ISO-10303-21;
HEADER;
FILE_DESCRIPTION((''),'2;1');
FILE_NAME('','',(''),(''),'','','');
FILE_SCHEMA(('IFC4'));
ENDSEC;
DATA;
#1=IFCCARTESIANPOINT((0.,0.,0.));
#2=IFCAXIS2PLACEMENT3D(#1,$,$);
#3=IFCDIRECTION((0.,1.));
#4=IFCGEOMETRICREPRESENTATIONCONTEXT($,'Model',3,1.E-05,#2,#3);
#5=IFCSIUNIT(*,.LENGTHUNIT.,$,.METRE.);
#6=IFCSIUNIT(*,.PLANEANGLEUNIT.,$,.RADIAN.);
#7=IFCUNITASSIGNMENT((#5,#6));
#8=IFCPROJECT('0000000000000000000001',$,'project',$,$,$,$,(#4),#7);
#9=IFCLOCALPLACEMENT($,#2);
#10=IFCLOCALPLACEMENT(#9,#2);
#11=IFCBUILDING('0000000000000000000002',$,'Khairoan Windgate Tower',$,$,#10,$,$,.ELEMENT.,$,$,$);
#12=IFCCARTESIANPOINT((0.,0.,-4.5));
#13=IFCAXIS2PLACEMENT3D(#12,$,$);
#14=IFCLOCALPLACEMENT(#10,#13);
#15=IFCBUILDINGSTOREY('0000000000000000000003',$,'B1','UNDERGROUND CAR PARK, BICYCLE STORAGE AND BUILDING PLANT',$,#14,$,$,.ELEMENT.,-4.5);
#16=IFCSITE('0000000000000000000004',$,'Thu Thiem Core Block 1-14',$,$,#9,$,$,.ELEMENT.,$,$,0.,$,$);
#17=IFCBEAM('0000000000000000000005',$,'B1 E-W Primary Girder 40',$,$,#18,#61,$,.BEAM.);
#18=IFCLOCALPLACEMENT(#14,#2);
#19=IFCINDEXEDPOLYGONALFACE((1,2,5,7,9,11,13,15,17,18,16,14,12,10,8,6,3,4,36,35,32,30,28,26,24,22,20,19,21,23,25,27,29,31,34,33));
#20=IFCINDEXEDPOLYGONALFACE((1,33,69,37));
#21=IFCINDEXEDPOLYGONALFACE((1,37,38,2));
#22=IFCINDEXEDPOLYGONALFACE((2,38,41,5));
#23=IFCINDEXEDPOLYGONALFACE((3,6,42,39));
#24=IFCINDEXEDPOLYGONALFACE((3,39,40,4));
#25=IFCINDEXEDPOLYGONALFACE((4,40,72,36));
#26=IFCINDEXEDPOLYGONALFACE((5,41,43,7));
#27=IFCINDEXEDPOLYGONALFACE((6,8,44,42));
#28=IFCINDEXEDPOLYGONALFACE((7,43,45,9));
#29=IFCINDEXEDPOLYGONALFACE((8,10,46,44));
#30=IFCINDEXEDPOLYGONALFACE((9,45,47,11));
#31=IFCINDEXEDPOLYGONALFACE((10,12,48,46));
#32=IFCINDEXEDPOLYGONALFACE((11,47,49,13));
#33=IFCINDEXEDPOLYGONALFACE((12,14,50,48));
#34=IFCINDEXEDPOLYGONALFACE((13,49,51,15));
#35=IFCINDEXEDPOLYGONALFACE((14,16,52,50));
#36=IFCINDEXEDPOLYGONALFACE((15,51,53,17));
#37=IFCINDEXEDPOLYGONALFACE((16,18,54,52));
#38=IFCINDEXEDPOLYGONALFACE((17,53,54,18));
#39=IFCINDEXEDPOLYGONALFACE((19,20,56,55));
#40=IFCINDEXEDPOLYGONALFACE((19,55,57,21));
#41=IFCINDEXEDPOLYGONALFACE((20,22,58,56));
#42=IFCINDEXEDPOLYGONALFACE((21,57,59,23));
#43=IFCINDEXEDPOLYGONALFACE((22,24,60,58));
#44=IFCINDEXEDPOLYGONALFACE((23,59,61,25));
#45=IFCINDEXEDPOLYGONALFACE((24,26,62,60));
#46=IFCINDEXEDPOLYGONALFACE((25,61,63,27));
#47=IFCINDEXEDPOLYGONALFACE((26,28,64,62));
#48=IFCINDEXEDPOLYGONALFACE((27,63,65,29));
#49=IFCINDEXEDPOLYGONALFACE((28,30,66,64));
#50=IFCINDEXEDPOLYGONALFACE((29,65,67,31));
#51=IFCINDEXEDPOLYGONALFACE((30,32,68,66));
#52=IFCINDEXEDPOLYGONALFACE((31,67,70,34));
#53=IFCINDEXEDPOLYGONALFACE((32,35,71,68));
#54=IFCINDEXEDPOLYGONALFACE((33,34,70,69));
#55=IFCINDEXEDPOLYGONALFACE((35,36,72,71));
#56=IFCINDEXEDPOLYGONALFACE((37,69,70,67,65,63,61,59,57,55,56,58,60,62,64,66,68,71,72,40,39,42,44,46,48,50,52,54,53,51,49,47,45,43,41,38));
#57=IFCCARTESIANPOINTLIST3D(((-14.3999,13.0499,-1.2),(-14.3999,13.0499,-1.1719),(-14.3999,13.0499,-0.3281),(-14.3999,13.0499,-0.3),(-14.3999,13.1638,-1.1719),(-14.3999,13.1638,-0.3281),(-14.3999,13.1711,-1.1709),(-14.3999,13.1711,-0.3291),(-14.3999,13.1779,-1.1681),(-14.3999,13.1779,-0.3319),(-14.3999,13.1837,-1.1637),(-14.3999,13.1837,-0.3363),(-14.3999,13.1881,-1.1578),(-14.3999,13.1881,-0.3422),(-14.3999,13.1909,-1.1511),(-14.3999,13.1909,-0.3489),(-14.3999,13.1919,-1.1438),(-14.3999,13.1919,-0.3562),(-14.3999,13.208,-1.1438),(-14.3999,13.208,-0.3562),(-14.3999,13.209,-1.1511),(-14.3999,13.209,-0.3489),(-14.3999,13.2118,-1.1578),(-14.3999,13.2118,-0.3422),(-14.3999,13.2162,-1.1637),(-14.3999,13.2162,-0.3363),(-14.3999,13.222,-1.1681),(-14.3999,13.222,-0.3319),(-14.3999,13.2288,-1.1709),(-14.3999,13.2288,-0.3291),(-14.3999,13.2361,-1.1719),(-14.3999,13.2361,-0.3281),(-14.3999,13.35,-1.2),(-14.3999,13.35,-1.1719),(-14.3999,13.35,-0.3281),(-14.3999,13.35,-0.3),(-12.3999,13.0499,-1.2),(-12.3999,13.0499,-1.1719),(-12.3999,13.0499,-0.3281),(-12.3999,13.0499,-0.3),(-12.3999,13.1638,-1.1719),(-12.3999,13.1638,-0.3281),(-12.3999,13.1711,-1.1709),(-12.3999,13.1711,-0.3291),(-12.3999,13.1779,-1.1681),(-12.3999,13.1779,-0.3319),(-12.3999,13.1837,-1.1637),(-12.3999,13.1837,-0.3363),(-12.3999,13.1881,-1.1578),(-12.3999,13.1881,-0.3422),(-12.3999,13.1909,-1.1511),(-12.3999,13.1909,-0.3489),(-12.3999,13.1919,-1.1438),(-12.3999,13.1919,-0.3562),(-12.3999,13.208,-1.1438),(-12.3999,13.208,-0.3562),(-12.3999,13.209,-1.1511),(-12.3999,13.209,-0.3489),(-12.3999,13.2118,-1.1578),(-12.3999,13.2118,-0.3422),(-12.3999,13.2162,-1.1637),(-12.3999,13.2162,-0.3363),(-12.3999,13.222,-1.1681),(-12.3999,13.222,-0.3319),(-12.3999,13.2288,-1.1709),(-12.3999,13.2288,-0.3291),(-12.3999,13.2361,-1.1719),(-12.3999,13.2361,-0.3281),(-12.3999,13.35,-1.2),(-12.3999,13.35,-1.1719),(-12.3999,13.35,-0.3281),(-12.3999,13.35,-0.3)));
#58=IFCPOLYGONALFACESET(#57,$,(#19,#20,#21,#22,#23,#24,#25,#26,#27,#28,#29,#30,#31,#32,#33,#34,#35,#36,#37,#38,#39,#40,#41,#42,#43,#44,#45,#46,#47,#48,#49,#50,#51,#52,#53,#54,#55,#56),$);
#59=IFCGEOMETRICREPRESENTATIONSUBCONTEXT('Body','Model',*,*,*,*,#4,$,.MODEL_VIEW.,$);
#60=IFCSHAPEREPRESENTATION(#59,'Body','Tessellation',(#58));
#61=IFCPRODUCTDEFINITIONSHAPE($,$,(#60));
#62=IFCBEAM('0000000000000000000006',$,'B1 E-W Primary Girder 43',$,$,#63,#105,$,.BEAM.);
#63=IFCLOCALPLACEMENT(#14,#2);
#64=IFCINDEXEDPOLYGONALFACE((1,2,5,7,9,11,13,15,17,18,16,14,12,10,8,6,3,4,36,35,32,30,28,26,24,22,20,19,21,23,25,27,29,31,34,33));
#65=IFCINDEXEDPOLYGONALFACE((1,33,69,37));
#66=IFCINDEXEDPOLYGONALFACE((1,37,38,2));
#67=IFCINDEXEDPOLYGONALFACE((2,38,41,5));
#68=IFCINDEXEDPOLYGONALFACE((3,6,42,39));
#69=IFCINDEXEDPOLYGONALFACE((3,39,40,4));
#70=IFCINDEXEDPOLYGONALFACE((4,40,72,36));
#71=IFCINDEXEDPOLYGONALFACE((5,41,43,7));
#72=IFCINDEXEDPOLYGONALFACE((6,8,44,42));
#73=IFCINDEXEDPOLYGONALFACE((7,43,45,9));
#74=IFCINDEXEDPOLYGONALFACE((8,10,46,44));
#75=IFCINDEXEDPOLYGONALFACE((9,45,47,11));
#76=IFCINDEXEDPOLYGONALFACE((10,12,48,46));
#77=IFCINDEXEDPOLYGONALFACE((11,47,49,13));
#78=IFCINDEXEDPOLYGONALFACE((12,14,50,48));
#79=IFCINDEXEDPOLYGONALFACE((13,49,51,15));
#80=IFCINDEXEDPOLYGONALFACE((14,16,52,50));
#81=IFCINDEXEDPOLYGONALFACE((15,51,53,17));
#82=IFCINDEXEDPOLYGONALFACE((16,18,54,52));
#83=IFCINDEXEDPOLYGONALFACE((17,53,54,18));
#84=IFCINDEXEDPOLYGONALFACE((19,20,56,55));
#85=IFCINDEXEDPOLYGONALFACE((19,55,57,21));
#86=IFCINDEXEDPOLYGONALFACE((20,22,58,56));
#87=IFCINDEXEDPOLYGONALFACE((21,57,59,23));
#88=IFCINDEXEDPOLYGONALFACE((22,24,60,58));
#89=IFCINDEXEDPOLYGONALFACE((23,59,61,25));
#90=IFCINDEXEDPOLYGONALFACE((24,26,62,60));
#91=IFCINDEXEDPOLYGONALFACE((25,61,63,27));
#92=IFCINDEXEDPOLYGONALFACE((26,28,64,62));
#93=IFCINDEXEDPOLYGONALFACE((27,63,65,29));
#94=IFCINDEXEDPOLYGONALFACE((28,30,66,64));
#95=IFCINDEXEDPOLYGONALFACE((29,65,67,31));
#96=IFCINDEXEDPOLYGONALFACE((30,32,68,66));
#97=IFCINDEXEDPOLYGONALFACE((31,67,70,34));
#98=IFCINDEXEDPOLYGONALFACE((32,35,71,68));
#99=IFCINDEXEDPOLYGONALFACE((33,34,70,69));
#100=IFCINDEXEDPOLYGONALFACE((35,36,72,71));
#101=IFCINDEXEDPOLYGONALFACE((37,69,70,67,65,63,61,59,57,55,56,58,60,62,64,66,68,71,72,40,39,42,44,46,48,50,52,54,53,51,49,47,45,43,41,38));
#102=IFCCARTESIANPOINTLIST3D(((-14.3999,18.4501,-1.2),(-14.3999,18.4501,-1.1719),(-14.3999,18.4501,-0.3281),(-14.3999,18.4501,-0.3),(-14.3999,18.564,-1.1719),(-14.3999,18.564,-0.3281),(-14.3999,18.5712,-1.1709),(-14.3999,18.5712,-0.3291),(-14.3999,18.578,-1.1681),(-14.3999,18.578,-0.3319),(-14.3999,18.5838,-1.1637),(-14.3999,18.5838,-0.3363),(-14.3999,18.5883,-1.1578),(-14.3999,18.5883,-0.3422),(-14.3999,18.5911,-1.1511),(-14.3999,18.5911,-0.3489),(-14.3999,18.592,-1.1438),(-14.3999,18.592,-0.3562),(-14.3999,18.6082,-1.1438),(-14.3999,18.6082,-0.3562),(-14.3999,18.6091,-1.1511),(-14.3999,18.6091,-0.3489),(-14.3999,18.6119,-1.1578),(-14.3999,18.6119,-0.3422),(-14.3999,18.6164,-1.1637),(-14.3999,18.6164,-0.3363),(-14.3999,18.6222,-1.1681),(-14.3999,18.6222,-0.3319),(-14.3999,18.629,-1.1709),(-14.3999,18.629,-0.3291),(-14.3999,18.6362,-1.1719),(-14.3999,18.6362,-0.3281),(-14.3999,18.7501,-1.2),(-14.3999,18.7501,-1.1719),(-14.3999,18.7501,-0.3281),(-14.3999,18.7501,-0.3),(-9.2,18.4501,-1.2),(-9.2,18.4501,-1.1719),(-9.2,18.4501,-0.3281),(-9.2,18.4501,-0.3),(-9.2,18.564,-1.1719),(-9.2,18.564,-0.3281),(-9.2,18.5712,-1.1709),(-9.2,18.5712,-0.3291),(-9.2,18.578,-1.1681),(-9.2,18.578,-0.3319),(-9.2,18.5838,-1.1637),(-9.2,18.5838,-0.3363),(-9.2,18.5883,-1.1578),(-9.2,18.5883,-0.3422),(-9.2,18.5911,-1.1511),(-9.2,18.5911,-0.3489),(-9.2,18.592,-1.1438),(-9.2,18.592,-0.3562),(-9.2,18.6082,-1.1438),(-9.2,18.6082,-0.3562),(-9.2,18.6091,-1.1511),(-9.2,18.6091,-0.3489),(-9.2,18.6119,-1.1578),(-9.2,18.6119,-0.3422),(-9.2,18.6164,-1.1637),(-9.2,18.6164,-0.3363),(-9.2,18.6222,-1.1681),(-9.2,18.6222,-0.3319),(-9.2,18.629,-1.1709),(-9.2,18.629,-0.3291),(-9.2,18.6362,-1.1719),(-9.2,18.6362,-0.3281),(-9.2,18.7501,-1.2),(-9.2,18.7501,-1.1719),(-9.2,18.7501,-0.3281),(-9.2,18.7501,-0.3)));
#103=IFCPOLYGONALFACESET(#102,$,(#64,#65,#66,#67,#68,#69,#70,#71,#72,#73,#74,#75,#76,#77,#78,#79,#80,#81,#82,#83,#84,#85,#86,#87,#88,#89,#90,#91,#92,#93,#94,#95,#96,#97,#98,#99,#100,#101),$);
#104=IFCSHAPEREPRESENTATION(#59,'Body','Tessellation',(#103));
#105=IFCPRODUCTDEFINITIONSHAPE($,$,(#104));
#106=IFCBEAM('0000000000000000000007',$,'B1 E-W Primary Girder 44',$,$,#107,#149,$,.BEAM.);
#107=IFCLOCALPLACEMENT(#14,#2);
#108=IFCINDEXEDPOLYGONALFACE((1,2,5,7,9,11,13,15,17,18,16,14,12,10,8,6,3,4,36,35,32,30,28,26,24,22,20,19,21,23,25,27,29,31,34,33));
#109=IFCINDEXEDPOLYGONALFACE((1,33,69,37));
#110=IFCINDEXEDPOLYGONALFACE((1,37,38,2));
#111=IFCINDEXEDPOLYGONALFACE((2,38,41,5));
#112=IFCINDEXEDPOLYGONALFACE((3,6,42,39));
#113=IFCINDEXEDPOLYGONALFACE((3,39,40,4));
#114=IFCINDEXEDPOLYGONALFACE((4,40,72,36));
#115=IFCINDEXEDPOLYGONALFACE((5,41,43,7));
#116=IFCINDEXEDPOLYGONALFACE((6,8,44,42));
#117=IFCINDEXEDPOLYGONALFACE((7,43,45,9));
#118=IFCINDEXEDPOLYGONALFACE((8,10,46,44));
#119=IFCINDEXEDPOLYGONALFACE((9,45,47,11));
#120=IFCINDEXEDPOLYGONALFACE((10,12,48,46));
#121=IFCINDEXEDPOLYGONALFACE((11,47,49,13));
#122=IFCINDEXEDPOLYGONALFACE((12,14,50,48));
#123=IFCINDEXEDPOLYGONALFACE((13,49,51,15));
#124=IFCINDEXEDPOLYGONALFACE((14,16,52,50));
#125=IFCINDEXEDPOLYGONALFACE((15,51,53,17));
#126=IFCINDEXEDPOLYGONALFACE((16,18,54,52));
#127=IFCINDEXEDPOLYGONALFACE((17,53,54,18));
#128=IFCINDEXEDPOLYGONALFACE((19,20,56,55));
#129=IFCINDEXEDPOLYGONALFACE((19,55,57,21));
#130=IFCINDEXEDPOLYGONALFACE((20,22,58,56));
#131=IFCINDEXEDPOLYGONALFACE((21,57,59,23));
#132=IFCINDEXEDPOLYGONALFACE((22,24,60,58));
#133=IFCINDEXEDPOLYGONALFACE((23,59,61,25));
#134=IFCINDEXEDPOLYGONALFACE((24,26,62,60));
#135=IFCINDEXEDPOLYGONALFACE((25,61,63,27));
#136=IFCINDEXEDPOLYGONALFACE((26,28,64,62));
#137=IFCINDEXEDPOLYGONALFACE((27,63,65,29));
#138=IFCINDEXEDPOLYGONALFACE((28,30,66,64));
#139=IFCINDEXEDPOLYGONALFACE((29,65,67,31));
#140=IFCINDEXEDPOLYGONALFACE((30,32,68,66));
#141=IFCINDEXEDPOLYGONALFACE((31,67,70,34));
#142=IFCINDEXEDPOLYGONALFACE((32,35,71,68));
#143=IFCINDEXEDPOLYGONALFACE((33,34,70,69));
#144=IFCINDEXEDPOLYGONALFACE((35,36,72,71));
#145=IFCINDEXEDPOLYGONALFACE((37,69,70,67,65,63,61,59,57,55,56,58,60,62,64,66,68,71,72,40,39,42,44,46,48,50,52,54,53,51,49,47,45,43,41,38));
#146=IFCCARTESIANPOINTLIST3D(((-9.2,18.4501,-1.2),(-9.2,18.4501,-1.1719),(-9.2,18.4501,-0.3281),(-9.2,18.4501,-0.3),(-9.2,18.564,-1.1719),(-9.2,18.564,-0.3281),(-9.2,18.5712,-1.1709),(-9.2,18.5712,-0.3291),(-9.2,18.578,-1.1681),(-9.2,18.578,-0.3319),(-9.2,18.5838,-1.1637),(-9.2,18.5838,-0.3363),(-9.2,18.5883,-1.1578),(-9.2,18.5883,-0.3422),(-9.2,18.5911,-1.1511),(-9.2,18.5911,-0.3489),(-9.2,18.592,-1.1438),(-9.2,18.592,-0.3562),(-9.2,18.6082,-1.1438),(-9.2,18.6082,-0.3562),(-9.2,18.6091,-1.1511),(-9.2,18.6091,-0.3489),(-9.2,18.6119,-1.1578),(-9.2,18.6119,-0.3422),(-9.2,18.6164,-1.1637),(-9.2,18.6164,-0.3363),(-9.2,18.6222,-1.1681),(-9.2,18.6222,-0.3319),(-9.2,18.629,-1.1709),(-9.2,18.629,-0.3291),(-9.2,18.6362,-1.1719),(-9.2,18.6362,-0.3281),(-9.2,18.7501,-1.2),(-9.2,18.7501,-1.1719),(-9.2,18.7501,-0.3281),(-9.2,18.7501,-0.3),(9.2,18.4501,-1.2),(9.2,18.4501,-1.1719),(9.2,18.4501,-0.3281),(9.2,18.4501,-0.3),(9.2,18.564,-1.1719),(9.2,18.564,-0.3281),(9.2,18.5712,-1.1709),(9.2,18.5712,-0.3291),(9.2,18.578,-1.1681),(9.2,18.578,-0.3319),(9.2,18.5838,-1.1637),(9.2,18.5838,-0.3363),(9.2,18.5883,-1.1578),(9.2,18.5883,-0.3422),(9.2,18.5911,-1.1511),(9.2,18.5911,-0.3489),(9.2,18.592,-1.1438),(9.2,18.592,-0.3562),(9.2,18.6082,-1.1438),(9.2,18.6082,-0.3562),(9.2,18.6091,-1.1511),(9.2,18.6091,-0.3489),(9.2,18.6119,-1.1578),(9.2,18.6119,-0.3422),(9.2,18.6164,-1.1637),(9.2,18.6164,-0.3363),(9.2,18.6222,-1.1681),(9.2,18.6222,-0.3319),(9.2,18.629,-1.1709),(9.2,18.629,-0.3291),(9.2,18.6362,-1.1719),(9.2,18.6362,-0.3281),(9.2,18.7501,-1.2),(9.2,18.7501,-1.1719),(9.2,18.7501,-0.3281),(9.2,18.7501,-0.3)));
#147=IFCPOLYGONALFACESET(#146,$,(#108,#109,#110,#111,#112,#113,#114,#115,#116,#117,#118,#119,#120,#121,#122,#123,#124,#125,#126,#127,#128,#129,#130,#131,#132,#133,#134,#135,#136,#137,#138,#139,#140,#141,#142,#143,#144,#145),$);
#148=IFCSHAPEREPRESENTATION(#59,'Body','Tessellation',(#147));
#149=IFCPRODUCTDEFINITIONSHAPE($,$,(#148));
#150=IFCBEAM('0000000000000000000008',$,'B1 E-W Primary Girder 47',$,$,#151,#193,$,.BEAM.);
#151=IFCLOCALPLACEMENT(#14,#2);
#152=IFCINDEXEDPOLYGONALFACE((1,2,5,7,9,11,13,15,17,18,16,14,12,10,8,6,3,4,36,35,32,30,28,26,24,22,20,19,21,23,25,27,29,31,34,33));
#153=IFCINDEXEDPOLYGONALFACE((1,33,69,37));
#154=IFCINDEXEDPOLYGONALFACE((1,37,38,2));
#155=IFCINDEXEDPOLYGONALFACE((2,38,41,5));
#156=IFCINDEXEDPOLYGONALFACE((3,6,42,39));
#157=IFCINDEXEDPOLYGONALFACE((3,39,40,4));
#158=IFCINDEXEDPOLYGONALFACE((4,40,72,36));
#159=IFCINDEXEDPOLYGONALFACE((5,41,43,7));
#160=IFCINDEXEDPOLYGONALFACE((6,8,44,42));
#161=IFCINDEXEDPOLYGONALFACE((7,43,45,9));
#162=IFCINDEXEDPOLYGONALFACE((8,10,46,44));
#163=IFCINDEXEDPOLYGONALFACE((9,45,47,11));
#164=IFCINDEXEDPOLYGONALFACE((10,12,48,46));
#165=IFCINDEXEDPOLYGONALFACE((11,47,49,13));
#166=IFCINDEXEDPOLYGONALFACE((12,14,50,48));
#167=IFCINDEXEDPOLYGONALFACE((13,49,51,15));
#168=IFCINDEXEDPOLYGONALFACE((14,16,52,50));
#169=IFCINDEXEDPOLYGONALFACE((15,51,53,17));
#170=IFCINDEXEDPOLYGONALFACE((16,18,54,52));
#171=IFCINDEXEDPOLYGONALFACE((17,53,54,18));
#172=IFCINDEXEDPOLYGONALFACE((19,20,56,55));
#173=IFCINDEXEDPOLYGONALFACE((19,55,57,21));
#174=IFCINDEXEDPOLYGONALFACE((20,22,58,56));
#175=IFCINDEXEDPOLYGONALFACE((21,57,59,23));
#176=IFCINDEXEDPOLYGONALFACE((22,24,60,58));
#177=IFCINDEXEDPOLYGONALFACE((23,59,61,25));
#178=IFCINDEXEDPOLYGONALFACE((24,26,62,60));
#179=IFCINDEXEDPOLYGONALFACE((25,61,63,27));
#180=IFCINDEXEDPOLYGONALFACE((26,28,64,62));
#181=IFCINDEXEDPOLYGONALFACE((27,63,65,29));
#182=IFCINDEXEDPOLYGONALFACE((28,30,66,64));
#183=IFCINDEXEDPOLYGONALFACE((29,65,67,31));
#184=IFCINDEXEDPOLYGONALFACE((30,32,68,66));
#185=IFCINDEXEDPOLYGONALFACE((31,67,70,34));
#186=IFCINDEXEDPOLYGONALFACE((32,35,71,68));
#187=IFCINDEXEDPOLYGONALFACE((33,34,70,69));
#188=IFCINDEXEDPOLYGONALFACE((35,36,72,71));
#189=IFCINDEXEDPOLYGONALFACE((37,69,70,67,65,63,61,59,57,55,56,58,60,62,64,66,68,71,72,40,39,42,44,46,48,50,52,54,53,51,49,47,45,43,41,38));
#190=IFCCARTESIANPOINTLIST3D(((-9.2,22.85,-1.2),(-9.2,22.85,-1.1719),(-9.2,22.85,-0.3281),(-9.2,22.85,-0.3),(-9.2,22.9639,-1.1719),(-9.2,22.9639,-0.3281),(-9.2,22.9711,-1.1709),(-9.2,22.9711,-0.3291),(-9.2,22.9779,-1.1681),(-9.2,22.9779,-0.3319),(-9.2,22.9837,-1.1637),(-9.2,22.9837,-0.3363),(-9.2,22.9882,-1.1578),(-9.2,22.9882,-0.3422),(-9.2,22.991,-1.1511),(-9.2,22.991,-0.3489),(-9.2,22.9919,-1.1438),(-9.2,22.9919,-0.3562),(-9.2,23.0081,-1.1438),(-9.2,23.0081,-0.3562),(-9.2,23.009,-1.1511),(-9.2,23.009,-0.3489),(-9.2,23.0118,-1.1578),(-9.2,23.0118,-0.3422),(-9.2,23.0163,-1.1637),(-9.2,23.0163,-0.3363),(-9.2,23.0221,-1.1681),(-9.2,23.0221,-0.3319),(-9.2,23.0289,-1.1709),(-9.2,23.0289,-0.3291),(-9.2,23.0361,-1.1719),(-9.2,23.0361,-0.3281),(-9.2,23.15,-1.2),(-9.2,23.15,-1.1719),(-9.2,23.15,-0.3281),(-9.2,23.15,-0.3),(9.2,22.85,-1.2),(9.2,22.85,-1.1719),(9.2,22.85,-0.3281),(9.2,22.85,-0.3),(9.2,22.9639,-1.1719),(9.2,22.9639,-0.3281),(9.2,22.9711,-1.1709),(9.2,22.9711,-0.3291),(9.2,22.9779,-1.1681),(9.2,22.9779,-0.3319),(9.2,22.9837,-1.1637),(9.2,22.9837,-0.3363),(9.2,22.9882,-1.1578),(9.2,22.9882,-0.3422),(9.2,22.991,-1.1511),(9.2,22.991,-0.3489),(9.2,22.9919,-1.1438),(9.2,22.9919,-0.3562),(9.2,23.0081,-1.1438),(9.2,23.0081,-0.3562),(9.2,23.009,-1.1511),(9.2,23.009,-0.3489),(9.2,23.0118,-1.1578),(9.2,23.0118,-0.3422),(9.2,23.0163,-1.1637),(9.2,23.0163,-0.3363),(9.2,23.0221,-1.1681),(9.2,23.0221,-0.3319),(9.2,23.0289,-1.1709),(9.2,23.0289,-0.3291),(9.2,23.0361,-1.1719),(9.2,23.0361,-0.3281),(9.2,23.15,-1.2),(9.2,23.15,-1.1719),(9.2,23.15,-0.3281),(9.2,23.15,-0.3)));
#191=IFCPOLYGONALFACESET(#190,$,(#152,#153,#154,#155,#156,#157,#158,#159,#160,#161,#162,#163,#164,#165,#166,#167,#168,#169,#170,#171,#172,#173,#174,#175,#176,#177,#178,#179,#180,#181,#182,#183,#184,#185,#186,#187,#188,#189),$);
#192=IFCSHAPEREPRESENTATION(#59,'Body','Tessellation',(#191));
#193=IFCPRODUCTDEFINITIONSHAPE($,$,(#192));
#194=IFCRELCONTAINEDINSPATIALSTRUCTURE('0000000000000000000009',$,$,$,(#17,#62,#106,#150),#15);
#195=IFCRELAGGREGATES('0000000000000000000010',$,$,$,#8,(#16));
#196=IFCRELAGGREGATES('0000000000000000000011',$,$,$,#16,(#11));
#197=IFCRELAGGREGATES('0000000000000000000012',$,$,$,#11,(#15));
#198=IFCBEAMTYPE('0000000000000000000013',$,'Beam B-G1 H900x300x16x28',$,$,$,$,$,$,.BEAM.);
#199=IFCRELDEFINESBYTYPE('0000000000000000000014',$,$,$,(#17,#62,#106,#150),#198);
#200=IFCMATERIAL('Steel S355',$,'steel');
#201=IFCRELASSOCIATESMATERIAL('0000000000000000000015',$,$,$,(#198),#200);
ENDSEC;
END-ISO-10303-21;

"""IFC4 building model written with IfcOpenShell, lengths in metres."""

from ifc_helpers import new_model, si_unit, direction, frame, origin, origin_2d, place, context, subcontext, project, spatial, i_section, extrude, material, material_profile, profile_set, type_object, element, save


model = new_model("IFC4")

# Units and contexts
model_context = context("Model", 3, precision=1e-05, world=origin(), true_north=direction((0.0, 1.0)))
body_context = subcontext(model_context, "Body", "Model", "MODEL_VIEW")
ifc_project = project(units=[si_unit("LENGTHUNIT", "METRE"), si_unit("PLANEANGLEUNIT", "RADIAN")], contexts=[model_context])

# Site, building, storey
site_placement = place(None, origin())
site = spatial("IfcSite", under=ifc_project, at=site_placement, Name="Thu Thiem Core Block 1-14", CompositionType="ELEMENT", RefElevation=0.0)
building_placement = place(site_placement, origin())
building = spatial("IfcBuilding", under=site, at=building_placement, Name="Khairoan Windgate Tower", CompositionType="ELEMENT")
storey_placement = place(building_placement, frame((0.0, 0.0, -4.5)))
storey = spatial("IfcBuildingStorey", under=building, at=storey_placement, Name="B1", Description="UNDERGROUND CAR PARK, BICYCLE STORAGE AND BUILDING PLANT", CompositionType="ELEMENT", Elevation=-4.5)

# Beams
ifc_material_1 = material(Name="Steel S355", Category="steel")
ifc_material_profile_1 = material_profile(ifc_material_1, i_section(OverallWidth=0.3, OverallDepth=0.8999, WebThickness=0.0161, FlangeThickness=0.0281, FilletRadius=0.0281, at=origin_2d()))
ifc_profile_set_1 = profile_set([ifc_material_profile_1], Name="Steel S355")
beam_type_1 = type_object("IfcBeamType", Name="Beam B-G1 H900x300x16x28", PredefinedType="BEAM", material=ifc_profile_set_1)
beam_1_placement = place(storey_placement, frame((-14.3999, 13.2, -0.75), z_axis=(1.0, 0.0, 0.0), x_axis=(0.0, 1.0, 0.0)))
element("IfcBeam", 1, at=beam_1_placement, inside=storey, type_object=beam_type_1, Name="B1 E-W Primary Girder 40", PredefinedType="BEAM", context=body_context, shape_type="SweptSolid", body=[
    extrude(i_section(OverallWidth=0.3, OverallDepth=0.8999, WebThickness=0.0161, FlangeThickness=0.0281, FilletRadius=0.0281, at=origin_2d()), origin(), (0.0, 0.0, 1.0), 2.0),
])
beam_2_placement = place(storey_placement, frame((-14.3999, 18.6001, -0.75), z_axis=(1.0, 0.0, 0.0), x_axis=(0.0, 1.0, 0.0)))
element("IfcBeam", 2, at=beam_2_placement, inside=storey, type_object=beam_type_1, Name="B1 E-W Primary Girder 43", PredefinedType="BEAM", context=body_context, shape_type="SweptSolid", body=[
    extrude(i_section(OverallWidth=0.3, OverallDepth=0.8999, WebThickness=0.0161, FlangeThickness=0.0281, FilletRadius=0.0281, at=origin_2d()), origin(), (0.0, 0.0, 1.0), 5.2),
])
for number, where, z_axis, x_axis, name in (
    (3, (-9.2, 18.6001, -0.75), (1.0, 0.0, 0.0), (0.0, 1.0, 0.0), "B1 E-W Primary Girder 44"),
    (4, (-9.2, 23.0, -0.75), (1.0, 0.0, 0.0), (0.0, 1.0, 0.0), "B1 E-W Primary Girder 47"),
):
    element("IfcBeam", number, at=place(storey_placement, frame(where, z_axis=z_axis, x_axis=x_axis)), inside=storey, type_object=beam_type_1, Name=name, PredefinedType="BEAM", context=body_context, shape_type="SweptSolid", body=[
        extrude(i_section(OverallWidth=0.3, OverallDepth=0.8999, WebThickness=0.0161, FlangeThickness=0.0281, FilletRadius=0.0281, at=origin_2d()), origin(), (0.0, 0.0, 1.0), 18.3999),
    ])

save(model, "model.ifc")
